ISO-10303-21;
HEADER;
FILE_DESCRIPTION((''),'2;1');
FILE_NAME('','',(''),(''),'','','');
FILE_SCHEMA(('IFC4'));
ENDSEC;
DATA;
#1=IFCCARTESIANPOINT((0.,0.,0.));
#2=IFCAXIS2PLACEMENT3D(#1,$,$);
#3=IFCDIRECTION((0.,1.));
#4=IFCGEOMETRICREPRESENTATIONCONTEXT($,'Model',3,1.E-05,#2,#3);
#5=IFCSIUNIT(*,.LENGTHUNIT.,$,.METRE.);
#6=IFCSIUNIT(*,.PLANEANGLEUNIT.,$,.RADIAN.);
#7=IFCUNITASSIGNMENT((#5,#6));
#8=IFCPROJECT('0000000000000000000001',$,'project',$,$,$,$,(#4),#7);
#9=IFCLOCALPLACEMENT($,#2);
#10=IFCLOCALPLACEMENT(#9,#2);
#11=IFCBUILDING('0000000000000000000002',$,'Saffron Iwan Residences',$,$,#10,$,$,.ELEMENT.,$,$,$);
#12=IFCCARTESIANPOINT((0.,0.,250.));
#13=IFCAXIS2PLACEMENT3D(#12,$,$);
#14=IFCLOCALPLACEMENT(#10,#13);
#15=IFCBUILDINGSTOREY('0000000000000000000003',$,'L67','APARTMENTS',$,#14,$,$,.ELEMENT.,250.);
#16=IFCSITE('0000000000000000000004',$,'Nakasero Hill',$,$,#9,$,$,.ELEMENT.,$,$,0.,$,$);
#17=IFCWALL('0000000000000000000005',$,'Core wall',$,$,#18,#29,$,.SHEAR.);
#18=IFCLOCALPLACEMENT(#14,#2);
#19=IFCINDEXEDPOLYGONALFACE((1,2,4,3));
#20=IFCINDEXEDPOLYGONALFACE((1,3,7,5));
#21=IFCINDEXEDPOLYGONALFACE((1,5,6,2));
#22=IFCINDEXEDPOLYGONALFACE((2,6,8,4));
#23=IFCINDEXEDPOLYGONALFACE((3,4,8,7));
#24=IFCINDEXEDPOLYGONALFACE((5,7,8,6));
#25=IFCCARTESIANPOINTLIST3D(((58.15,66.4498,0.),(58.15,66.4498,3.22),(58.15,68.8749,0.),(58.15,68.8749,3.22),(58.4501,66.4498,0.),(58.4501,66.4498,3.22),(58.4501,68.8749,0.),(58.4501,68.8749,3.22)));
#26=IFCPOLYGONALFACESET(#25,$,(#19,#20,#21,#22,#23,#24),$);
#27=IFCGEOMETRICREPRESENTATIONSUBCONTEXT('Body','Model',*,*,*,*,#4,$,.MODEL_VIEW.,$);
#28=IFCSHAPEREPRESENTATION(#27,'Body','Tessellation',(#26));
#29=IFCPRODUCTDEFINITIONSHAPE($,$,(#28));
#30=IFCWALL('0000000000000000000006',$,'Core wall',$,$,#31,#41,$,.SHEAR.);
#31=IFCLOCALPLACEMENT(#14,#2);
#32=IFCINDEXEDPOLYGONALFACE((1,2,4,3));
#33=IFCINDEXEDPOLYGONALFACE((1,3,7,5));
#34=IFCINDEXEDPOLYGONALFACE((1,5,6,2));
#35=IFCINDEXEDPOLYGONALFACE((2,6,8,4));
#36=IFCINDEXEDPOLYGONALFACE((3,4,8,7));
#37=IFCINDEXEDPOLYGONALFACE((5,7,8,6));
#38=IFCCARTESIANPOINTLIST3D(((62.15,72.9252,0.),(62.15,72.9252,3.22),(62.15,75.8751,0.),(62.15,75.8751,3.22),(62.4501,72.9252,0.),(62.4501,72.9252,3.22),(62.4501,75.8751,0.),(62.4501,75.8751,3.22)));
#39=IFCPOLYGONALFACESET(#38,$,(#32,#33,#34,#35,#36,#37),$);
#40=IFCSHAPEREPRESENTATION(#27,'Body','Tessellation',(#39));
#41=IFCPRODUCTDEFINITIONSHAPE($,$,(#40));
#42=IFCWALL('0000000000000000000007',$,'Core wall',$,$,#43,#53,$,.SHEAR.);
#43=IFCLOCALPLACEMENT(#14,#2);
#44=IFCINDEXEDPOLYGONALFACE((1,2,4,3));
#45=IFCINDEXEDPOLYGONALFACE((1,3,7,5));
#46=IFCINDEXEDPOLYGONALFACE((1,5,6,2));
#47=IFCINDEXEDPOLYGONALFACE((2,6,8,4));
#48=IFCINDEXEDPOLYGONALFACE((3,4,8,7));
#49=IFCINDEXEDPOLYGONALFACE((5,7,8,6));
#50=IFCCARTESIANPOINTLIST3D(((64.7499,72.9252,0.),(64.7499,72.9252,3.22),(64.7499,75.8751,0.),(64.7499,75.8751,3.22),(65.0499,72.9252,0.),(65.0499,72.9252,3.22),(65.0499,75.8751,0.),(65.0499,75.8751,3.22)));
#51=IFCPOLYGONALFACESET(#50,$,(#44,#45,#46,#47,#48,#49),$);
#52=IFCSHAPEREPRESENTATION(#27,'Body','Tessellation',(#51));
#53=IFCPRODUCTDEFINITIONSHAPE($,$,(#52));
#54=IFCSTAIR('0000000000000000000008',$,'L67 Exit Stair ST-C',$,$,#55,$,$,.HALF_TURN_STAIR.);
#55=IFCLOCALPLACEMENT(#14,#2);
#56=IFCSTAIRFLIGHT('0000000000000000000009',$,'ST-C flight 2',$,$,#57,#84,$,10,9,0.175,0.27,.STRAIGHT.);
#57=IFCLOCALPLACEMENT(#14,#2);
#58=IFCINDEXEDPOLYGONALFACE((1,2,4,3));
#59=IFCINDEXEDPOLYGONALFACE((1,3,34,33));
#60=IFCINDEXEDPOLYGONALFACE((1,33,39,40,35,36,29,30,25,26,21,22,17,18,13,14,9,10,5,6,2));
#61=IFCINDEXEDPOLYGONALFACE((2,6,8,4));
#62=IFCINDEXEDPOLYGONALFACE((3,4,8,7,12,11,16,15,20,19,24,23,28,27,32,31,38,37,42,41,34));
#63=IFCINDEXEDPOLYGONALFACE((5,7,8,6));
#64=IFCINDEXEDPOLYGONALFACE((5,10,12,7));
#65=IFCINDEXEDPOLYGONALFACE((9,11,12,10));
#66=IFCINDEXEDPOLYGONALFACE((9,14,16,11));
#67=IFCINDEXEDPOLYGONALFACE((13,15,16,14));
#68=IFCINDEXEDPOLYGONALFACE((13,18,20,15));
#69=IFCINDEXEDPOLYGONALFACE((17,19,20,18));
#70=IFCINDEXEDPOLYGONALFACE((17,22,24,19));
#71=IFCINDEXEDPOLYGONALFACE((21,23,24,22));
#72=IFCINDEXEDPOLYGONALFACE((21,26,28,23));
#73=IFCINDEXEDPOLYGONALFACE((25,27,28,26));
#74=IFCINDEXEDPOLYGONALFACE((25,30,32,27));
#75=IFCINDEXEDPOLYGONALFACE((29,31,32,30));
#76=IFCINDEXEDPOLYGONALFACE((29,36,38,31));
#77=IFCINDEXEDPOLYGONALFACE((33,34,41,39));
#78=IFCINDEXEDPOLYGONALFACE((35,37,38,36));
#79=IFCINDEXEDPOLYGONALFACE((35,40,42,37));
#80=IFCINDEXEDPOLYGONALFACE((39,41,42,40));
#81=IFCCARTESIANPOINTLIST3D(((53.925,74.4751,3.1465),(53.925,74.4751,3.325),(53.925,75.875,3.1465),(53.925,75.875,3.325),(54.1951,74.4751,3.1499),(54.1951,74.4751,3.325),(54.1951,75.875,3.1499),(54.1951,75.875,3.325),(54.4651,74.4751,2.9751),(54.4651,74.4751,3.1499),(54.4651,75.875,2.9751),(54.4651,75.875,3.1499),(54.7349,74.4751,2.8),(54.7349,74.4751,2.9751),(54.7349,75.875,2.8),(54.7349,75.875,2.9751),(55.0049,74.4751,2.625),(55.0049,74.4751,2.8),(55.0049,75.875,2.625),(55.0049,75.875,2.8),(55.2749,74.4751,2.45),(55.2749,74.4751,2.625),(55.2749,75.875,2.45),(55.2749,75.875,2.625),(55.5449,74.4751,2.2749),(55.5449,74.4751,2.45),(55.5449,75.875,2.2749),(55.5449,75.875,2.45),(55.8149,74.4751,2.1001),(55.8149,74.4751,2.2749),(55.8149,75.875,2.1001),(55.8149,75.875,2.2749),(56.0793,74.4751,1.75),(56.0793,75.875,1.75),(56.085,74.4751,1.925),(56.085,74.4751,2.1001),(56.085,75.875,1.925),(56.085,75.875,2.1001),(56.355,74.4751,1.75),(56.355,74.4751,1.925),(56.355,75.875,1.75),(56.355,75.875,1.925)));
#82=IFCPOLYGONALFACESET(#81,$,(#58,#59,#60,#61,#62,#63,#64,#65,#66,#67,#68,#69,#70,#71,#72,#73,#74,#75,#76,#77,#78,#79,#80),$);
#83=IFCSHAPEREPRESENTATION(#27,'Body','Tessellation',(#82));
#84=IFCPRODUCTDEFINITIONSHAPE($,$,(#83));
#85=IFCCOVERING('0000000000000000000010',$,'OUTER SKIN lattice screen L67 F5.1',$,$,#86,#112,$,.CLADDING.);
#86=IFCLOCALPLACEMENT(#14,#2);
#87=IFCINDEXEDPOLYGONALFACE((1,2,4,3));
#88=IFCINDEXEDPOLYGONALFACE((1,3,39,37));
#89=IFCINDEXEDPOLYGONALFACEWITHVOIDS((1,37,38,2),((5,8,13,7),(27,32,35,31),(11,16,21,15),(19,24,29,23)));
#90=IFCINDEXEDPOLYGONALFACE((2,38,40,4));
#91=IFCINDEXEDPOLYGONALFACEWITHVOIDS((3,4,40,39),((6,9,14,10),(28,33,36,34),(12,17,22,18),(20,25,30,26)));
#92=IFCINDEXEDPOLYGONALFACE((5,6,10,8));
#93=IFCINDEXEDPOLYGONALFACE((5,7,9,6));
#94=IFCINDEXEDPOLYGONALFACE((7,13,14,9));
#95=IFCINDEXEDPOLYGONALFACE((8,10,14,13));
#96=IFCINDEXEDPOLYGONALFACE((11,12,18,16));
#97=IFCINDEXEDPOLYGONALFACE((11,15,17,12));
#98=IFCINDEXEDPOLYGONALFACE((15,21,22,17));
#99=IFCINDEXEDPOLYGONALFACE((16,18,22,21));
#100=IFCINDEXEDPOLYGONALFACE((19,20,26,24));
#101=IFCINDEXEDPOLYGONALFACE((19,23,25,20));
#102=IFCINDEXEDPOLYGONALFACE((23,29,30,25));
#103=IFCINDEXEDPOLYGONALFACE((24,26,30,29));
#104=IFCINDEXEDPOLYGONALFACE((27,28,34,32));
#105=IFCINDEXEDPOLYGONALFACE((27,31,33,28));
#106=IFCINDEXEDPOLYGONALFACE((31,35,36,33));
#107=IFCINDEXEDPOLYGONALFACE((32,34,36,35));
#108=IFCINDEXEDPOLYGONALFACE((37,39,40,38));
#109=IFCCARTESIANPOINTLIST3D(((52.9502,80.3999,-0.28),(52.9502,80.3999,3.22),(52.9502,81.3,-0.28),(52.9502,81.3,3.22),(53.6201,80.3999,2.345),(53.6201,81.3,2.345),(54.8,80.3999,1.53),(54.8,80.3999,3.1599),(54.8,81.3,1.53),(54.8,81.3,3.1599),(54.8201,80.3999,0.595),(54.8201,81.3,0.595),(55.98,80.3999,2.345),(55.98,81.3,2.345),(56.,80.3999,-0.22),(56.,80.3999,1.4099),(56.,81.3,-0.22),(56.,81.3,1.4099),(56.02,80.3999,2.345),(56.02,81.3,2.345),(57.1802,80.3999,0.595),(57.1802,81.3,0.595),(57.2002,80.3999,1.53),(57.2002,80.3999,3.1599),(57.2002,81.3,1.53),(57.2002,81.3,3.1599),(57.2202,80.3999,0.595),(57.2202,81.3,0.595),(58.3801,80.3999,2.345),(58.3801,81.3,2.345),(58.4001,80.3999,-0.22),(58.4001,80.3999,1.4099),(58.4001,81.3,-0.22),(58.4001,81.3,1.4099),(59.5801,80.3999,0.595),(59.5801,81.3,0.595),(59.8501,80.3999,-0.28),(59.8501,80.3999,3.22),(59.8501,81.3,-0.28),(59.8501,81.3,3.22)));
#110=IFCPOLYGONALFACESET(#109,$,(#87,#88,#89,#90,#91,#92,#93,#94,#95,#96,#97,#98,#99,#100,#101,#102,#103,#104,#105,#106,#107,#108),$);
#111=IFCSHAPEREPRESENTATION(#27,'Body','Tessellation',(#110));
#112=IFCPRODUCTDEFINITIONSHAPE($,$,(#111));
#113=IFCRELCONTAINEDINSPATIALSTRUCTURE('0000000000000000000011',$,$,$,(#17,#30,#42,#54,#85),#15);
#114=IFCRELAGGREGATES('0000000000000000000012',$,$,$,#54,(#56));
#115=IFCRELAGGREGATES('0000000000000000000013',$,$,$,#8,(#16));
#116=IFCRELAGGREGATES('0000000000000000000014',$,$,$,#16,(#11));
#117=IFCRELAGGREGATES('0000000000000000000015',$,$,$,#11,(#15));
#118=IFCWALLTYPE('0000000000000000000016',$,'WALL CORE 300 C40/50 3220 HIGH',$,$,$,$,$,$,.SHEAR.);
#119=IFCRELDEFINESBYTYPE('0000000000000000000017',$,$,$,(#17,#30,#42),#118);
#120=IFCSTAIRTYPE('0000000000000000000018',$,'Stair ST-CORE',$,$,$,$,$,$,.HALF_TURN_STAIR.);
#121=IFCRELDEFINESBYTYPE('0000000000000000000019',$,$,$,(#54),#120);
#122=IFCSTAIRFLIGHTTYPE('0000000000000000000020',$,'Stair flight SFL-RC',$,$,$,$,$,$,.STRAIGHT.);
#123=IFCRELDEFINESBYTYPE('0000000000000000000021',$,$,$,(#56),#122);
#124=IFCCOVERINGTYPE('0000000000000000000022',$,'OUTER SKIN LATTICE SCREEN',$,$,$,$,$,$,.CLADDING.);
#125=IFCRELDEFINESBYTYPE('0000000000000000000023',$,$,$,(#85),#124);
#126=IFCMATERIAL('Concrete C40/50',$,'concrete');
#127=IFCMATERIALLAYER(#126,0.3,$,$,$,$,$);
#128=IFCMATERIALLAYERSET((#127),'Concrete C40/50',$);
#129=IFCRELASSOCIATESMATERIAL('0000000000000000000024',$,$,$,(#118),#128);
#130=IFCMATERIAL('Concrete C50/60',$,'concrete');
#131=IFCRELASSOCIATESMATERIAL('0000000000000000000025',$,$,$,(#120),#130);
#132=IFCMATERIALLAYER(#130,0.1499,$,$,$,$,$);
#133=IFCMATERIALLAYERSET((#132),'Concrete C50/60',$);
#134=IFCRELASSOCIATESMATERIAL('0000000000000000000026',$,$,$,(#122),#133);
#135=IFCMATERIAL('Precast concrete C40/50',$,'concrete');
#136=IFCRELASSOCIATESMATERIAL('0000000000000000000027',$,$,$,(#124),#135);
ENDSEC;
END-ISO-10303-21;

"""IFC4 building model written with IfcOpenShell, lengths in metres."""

from ifc_helpers import new_model, si_unit, direction, frame, frame_2d, origin, place, context, subcontext, project, spatial, polyline, rectangle, outline, extrude, material, layer, layer_set, type_object, element, aggregate, save


model = new_model("IFC4")

# Units and contexts
model_context = context("Model", 3, precision=1e-05, world=origin(), true_north=direction((0.0, 1.0)))
body_context = subcontext(model_context, "Body", "Model", "MODEL_VIEW")
ifc_project = project(units=[si_unit("LENGTHUNIT", "METRE"), si_unit("PLANEANGLEUNIT", "RADIAN")], contexts=[model_context])

# Site, building, storey
site_placement = place(None, origin())
site = spatial("IfcSite", under=ifc_project, at=site_placement, Name="Nakasero Hill", CompositionType="ELEMENT", RefElevation=0.0)
building_placement = place(site_placement, origin())
building = spatial("IfcBuilding", under=site, at=building_placement, Name="Saffron Iwan Residences", CompositionType="ELEMENT")
storey_placement = place(building_placement, frame((0.0, 0.0, 250.0)))
storey = spatial("IfcBuildingStorey", under=building, at=storey_placement, Name="L67", Description="APARTMENTS", CompositionType="ELEMENT", Elevation=250.0)

# Shared definitions
ifc_material_1 = material(Name="Concrete C40/50", Category="concrete")

# Shared definitions
ifc_layer_1 = layer(ifc_material_1, 0.3)
ifc_layer_set_1 = layer_set([ifc_layer_1], Name="Concrete C40/50")
wall_type_1 = type_object("IfcWallType", Name="WALL CORE 300 C40/50 3220 HIGH", PredefinedType="SHEAR", material=ifc_layer_set_1)

# Walls
wall_1_placement = place(storey_placement, frame((58.3, 66.45, 0.0), z_axis=(0.0, 0.0, 1.0), x_axis=(0.0, 1.0, 0.0)))
element("IfcWall", 1, at=wall_1_placement, inside=storey, type_object=wall_type_1, Name="Core wall", PredefinedType="SHEAR", context=body_context, shape_type="SweptSolid", body=[
    extrude(rectangle(XDim=2.425, YDim=0.3, at=frame_2d((1.2124, 0.0))), origin(), (0.0, 0.0, 1.0), 3.22),
])
for number, where, z_axis, x_axis, name in (
    (2, (62.3, 72.925, 0.0), (0.0, 0.0, 1.0), (0.0, 1.0, 0.0), "Core wall"),
    (3, (64.8999, 72.925, 0.0), (0.0, 0.0, 1.0), (0.0, 1.0, 0.0), "Core wall"),
):
    element("IfcWall", number, at=place(storey_placement, frame(where, z_axis=z_axis, x_axis=x_axis)), inside=storey, type_object=wall_type_1, Name=name, PredefinedType="SHEAR", context=body_context, shape_type="SweptSolid", body=[
        extrude(rectangle(XDim=2.95, YDim=0.3, at=frame_2d((1.4751, 0.0))), origin(), (0.0, 0.0, 1.0), 3.22),
    ])

# Stair, stair flight
ifc_material_2 = material(Name="Concrete C50/60", Category="concrete")
stair_type = type_object("IfcStairType", Name="Stair ST-CORE", PredefinedType="HALF_TURN_STAIR", material=ifc_material_2)
stair_placement = place(storey_placement, origin())
stair = element("IfcStair", 4, at=stair_placement, inside=storey, type_object=stair_type, Name="L67 Exit Stair ST-C", PredefinedType="HALF_TURN_STAIR")
ifc_layer_2 = layer(ifc_material_2, 0.1499)
ifc_layer_set_2 = layer_set([ifc_layer_2], Name="Concrete C50/60")
stair_flight_type = type_object("IfcStairFlightType", Name="Stair flight SFL-RC", PredefinedType="STRAIGHT", material=ifc_layer_set_2)
stair_flight_placement = place(storey_placement, frame((56.355, 75.175, 1.75), z_axis=(0.0, 0.0, 1.0), x_axis=(-1.0, 0.0, 0.0)))
stair_flight = element("IfcStairFlight", 5, at=stair_flight_placement, type_object=stair_flight_type, Name="ST-C flight 2", NumberOfRisers=10, NumberOfTreads=9, PredefinedType="STRAIGHT", RiserHeight=0.175, TreadLength=0.27, context=body_context, shape_type="SweptSolid", body=[
    extrude(outline(polyline([(0.0, 0.0), (0.0, 0.175), (0.27, 0.175), (0.27, 0.3501), (0.54, 0.3501), (0.54, 0.5249), (0.8101, 0.5249), (0.8101, 0.7), (1.0801, 0.7), (1.0801, 0.875), (1.3501, 0.875), (1.3501, 1.05), (1.6201, 1.05), (1.6201, 1.2251), (1.8899, 1.2251), (1.8899, 1.3999), (2.1599, 1.3999), (2.1599, 1.575), (2.4299, 1.575), (2.4299, 1.75), (2.4299, 1.3965), (0.2756, 0.0), (0.0, 0.0)])), frame((0.0, 0.7, 0.0), z_axis=(0.0, -1.0, 0.0), x_axis=(1.0, 0.0, 0.0)), (0.0, 0.0, 1.0), 1.3999),
])
aggregate(stair, [stair_flight])

# Covering
ifc_material_3 = material(Name="Precast concrete C40/50", Category="concrete")
covering_type_1 = type_object("IfcCoveringType", Name="OUTER SKIN LATTICE SCREEN", PredefinedType="CLADDING", material=ifc_material_3)
covering_placement = place(storey_placement, frame((59.8501, 80.3999, -0.28), z_axis=(0.0, 1.0, 0.0), x_axis=(-1.0, 0.0, 0.0)))
element("IfcCovering", 6, at=covering_placement, inside=storey, type_object=covering_type_1, Name="OUTER SKIN lattice screen L67 F5.1", PredefinedType="CLADDING", context=body_context, shape_type="SweptSolid", body=[
    extrude(outline(polyline([(0.0, 0.0), (6.8999, 0.0), (6.8999, 3.5), (0.0, 3.5), (0.0, 0.0)]), holes=[polyline([(0.27, 0.875), (1.45, 0.0601), (2.6299, 0.875), (1.45, 1.6899), (0.27, 0.875)]), polyline([(2.6699, 0.875), (3.8501, 0.0601), (5.03, 0.875), (3.8501, 1.6899), (2.6699, 0.875)]), polyline([(1.47, 2.625), (2.6499, 1.8101), (3.8301, 2.625), (2.6499, 3.4399), (1.47, 2.625)]), polyline([(3.8701, 2.625), (5.05, 1.8101), (6.23, 2.625), (5.05, 3.4399), (3.8701, 2.625)])]), origin(), (0.0, 0.0, 1.0), 0.9001),
])

save(model, "model.ifc")
